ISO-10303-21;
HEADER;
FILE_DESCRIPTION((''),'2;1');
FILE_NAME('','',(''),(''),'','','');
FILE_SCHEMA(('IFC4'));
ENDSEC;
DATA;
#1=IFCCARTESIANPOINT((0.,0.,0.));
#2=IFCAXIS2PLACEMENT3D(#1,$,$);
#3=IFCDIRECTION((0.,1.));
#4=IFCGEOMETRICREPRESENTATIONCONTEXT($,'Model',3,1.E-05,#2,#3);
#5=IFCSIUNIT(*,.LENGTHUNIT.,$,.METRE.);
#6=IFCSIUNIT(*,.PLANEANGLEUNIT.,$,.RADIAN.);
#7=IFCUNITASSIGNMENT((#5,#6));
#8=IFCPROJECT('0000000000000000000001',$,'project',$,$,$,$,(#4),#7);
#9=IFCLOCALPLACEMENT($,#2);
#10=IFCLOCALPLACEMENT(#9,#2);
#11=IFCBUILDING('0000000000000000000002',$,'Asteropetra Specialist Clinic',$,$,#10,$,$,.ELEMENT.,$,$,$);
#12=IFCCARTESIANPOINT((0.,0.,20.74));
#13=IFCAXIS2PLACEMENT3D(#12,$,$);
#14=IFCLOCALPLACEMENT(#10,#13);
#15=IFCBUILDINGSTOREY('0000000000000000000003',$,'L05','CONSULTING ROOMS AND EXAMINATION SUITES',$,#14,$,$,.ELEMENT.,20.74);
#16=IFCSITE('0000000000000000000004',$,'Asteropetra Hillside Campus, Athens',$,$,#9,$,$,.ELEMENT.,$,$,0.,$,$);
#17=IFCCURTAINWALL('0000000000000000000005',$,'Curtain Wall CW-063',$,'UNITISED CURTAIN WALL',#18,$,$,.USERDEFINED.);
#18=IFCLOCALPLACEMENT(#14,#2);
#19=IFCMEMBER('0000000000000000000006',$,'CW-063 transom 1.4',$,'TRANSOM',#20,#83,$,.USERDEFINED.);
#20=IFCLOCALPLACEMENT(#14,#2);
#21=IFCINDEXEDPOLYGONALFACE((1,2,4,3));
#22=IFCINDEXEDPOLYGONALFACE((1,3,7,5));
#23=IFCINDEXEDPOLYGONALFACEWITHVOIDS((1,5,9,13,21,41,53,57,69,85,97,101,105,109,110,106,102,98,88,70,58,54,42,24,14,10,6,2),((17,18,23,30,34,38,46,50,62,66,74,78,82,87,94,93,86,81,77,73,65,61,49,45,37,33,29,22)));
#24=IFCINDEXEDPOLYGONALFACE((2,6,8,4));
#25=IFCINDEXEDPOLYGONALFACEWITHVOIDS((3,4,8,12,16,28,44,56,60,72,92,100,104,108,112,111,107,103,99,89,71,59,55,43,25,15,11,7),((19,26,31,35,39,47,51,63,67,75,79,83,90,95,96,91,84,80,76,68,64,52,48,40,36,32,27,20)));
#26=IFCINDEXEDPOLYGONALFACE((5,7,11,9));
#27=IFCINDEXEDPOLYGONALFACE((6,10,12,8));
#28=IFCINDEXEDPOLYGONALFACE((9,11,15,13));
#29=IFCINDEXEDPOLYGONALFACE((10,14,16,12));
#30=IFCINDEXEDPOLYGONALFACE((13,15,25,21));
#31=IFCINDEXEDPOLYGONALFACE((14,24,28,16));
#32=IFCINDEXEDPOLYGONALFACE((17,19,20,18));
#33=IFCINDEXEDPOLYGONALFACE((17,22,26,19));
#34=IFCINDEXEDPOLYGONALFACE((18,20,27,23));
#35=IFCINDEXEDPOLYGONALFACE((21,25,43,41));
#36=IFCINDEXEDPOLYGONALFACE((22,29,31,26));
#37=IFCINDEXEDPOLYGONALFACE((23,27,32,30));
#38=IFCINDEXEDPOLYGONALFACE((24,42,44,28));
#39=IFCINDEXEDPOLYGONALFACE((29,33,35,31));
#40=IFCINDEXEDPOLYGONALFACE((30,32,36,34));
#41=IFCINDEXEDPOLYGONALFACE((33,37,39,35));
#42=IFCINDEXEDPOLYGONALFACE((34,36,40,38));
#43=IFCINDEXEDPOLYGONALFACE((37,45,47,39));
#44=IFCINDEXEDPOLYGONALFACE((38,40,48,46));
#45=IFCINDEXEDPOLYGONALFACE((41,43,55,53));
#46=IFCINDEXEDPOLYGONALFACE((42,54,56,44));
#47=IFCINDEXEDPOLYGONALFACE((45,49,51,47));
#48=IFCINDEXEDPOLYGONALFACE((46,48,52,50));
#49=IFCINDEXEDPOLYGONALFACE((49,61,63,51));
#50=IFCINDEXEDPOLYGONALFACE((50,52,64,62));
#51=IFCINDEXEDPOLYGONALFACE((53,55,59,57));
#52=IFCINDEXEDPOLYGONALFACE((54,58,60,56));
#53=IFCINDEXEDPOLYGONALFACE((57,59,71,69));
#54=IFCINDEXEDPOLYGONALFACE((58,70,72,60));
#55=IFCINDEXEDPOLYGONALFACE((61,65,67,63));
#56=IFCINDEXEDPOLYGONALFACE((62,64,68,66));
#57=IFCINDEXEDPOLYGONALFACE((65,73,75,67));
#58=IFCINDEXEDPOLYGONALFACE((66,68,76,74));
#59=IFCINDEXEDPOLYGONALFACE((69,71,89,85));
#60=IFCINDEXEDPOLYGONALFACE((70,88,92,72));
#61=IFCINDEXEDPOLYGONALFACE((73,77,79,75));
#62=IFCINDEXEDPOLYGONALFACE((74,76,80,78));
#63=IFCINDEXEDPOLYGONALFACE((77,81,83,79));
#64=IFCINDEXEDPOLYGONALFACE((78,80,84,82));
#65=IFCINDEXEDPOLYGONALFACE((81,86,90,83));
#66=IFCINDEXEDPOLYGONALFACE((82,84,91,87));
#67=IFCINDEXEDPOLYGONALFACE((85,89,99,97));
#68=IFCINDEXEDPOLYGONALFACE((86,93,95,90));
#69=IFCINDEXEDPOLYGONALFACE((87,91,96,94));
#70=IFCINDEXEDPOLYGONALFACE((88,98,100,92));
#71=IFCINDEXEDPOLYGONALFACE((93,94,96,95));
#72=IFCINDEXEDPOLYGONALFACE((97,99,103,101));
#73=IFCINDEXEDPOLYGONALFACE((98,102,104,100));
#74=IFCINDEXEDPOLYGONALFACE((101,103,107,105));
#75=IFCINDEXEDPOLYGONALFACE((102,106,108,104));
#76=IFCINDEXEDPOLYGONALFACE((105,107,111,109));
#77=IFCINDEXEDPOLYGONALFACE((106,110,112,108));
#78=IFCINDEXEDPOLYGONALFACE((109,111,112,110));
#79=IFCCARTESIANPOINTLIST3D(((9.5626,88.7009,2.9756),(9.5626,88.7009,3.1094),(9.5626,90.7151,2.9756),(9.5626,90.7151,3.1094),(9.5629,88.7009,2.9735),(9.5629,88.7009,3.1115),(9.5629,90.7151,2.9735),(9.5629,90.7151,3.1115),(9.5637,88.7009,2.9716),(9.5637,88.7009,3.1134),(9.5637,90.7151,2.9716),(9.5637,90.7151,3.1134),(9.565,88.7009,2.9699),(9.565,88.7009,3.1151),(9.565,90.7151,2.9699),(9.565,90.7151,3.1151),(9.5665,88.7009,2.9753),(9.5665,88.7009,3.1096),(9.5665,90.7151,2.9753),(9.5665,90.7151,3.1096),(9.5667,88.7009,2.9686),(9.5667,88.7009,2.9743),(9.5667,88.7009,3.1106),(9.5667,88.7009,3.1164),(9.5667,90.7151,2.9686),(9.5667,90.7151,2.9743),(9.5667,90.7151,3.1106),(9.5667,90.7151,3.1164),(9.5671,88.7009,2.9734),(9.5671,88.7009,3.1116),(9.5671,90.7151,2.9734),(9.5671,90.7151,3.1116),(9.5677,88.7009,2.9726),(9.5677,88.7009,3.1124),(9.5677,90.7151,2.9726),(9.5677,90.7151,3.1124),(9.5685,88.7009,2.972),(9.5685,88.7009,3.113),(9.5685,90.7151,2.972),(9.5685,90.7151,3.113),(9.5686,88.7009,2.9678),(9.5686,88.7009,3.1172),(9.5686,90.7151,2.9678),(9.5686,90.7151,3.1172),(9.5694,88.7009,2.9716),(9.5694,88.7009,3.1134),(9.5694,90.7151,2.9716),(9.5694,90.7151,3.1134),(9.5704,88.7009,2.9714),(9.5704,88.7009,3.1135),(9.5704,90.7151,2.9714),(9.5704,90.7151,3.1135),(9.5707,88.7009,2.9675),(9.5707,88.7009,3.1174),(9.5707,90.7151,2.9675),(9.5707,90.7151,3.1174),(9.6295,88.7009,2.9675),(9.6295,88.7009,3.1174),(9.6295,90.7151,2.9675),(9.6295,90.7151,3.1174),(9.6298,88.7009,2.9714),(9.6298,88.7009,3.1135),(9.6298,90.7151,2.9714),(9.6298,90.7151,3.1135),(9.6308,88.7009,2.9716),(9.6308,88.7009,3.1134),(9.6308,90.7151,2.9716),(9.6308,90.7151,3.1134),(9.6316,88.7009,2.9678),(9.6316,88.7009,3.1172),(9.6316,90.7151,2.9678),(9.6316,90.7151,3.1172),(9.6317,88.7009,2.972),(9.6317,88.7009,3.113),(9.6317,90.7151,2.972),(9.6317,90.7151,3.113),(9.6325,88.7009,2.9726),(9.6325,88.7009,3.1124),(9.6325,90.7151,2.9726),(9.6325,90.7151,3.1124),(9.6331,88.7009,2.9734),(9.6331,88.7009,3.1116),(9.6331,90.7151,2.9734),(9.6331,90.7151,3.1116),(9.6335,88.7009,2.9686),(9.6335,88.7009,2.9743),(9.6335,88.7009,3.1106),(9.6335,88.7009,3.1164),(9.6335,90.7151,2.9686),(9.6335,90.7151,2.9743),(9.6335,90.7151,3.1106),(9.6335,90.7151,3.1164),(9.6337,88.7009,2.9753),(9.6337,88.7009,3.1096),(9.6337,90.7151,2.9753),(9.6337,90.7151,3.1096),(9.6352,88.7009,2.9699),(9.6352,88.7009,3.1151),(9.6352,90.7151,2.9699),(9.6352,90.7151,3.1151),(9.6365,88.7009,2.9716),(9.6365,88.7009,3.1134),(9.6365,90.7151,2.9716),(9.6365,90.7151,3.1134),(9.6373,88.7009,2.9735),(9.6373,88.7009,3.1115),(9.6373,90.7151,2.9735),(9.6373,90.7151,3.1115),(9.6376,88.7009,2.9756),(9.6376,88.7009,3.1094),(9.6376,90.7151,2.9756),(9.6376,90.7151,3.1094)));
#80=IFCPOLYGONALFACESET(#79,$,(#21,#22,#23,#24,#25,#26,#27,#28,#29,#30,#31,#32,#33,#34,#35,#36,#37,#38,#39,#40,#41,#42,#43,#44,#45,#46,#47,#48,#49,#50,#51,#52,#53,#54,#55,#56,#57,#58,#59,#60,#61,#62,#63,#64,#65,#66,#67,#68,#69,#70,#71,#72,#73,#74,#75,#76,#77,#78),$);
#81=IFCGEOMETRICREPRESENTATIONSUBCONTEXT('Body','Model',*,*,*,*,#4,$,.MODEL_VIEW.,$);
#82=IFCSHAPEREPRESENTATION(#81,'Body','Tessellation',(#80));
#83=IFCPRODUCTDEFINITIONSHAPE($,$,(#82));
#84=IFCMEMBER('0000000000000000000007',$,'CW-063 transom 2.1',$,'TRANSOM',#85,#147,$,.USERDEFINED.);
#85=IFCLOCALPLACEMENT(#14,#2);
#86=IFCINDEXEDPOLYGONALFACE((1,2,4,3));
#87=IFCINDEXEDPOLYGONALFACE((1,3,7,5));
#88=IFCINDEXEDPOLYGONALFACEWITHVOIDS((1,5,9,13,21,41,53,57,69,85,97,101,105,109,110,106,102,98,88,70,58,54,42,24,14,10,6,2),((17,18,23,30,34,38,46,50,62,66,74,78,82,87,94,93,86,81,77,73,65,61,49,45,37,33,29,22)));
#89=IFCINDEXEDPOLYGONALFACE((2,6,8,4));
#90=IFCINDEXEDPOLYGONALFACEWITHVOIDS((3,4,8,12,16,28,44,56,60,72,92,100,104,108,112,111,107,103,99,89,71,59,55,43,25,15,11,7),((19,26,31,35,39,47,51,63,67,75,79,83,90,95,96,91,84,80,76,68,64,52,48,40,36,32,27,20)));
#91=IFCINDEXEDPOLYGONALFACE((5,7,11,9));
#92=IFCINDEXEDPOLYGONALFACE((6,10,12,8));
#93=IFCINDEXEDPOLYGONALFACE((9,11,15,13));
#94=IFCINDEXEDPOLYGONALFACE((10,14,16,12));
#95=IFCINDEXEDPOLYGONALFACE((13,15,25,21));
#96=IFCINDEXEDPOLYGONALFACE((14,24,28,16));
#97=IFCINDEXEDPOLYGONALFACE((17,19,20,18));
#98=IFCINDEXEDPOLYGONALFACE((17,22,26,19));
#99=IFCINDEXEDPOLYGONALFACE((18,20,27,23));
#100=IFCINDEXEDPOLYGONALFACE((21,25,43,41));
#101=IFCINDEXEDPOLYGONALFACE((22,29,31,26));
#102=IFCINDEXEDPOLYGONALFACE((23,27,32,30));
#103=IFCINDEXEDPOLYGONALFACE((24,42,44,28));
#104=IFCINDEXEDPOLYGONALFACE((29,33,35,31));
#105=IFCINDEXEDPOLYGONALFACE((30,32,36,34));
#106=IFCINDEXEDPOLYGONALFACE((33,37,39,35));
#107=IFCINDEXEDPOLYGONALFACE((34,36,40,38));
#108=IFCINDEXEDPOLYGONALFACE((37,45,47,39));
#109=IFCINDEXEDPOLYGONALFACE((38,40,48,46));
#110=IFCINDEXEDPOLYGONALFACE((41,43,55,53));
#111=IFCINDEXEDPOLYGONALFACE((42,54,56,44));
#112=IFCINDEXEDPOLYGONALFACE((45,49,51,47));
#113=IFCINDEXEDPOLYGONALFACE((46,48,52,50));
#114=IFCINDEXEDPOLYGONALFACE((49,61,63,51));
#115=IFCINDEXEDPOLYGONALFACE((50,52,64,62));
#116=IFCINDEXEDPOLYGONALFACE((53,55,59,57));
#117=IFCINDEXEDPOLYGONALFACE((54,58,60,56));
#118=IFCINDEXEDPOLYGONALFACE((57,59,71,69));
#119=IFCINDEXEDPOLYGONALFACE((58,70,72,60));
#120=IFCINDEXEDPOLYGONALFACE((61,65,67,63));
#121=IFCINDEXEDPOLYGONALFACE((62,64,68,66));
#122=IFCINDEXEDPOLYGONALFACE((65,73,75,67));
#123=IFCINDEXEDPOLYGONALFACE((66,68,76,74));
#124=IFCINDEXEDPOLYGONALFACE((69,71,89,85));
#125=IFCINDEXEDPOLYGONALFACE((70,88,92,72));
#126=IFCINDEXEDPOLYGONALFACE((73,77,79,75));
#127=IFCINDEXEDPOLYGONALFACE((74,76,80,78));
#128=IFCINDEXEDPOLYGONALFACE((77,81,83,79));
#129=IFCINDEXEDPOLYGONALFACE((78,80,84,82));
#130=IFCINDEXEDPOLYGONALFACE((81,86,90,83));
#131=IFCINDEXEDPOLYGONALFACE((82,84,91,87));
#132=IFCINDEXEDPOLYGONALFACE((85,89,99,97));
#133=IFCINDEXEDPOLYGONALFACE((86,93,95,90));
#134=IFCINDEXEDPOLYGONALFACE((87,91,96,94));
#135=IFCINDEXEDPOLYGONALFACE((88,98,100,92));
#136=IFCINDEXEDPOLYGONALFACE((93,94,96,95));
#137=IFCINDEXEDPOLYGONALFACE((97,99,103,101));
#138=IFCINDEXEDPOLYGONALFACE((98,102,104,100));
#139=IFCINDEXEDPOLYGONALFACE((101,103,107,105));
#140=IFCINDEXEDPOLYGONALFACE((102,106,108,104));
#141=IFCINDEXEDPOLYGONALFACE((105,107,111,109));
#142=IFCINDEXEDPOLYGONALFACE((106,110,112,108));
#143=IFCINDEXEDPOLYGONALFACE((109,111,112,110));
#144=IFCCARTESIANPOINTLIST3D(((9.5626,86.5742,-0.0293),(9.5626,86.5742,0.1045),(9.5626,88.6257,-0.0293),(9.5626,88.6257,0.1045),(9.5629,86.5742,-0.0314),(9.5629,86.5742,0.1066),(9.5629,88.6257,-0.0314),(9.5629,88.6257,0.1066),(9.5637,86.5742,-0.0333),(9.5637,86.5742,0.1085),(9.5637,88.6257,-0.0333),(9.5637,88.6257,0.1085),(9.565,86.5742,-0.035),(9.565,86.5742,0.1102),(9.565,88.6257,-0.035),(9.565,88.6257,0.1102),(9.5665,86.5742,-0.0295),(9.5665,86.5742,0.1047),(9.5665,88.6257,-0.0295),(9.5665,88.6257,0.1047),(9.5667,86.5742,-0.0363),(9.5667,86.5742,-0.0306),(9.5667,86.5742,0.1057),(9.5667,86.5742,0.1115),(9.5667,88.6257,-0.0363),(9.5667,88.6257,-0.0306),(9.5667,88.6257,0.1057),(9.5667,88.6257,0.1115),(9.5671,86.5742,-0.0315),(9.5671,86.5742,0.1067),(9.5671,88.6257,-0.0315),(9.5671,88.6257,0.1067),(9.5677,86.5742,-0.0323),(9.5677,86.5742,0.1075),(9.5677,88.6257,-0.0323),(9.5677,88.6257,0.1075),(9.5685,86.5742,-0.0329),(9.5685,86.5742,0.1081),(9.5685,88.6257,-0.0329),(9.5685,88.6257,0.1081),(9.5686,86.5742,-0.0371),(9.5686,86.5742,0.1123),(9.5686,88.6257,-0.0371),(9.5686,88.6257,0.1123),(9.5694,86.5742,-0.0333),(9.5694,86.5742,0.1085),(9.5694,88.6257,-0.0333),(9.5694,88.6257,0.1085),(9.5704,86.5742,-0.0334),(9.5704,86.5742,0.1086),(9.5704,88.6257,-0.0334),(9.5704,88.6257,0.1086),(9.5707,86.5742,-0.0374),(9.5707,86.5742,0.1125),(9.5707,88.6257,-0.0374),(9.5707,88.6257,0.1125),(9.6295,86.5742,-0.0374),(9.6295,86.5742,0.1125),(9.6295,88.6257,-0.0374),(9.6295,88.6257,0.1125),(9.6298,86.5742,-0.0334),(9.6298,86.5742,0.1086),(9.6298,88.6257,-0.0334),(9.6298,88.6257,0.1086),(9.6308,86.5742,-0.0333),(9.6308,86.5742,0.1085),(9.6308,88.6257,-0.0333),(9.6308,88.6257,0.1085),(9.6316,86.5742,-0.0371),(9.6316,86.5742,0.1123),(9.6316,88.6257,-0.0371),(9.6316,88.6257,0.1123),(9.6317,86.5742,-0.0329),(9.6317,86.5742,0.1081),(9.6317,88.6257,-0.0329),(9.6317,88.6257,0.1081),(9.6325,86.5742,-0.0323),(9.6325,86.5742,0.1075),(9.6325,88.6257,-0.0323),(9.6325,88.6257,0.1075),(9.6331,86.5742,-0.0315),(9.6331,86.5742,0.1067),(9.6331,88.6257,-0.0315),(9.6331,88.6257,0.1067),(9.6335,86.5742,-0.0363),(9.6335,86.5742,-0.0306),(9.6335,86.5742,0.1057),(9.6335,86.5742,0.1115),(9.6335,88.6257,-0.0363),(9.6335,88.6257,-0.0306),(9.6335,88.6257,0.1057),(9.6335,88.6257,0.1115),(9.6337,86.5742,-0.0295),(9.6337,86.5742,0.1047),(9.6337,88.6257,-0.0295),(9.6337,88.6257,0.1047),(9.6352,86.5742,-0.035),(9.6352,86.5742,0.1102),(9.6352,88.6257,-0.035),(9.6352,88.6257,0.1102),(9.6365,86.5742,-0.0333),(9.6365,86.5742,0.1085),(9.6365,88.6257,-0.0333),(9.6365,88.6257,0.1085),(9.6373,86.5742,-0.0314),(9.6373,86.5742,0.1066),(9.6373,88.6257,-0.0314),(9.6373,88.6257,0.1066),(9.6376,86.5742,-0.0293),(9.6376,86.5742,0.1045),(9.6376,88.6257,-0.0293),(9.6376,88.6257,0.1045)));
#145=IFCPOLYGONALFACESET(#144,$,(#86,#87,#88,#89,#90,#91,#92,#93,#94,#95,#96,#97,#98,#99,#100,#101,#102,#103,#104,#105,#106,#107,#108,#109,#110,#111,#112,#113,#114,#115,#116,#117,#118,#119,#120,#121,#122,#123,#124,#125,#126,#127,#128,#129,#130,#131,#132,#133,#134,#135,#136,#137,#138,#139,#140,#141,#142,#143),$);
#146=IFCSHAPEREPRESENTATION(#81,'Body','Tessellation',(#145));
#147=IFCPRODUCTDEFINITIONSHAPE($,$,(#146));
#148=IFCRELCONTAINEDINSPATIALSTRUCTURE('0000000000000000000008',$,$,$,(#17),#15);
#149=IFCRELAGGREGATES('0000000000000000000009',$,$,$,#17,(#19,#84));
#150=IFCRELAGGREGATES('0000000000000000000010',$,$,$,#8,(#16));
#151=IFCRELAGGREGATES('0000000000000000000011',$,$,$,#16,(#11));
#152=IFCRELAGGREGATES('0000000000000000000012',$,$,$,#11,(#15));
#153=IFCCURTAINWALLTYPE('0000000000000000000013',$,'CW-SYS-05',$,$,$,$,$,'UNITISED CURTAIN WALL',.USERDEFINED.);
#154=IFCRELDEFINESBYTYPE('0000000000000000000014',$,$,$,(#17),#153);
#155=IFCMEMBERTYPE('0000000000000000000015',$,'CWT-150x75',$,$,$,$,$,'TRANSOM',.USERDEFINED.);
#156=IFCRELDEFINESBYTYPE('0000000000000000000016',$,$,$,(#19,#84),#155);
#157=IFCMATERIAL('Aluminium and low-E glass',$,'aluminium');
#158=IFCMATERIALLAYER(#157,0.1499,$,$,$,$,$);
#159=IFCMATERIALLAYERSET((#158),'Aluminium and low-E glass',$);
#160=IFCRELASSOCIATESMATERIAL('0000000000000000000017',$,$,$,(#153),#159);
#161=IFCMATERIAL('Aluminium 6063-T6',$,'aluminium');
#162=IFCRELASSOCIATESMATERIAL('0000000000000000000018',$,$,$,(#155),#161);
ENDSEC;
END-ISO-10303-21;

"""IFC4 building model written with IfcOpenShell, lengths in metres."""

from ifc_helpers import new_model, si_unit, direction, frame, origin, origin_2d, place, context, subcontext, project, spatial, hollow_rectangle, extrude, material, layer, layer_set, material_profile, profile_set, type_object, element, aggregate, save


model = new_model("IFC4")

# Units and contexts
model_context = context("Model", 3, precision=1e-05, world=origin(), true_north=direction((0.0, 1.0)))
body_context = subcontext(model_context, "Body", "Model", "MODEL_VIEW")
ifc_project = project(units=[si_unit("LENGTHUNIT", "METRE"), si_unit("PLANEANGLEUNIT", "RADIAN")], contexts=[model_context])

# Site, building, storey
site_placement = place(None, origin())
site = spatial("IfcSite", under=ifc_project, at=site_placement, Name="Asteropetra Hillside Campus, Athens", CompositionType="ELEMENT", RefElevation=0.0)
building_placement = place(site_placement, origin())
building = spatial("IfcBuilding", under=site, at=building_placement, Name="Asteropetra Specialist Clinic", CompositionType="ELEMENT")
storey_placement = place(building_placement, frame((0.0, 0.0, 20.74)))
storey = spatial("IfcBuildingStorey", under=building, at=storey_placement, Name="L05", Description="CONSULTING ROOMS AND EXAMINATION SUITES", CompositionType="ELEMENT", Elevation=20.74)

# Curtain wall, members
ifc_material_1 = material(Name="Aluminium and low-E glass", Category="aluminium")
ifc_layer_1 = layer(ifc_material_1, 0.1499)
ifc_layer_set_1 = layer_set([ifc_layer_1], Name="Aluminium and low-E glass")
curtain_wall_type = type_object("IfcCurtainWallType", Name="CW-SYS-05", ElementType="UNITISED CURTAIN WALL", PredefinedType="USERDEFINED", material=ifc_layer_set_1)
curtain_wall_placement = place(storey_placement, origin())
curtain_wall = element("IfcCurtainWall", 1, at=curtain_wall_placement, inside=storey, type_object=curtain_wall_type, Name="Curtain Wall CW-063", ObjectType="UNITISED CURTAIN WALL", PredefinedType="USERDEFINED")
ifc_material_2 = material(Name="Aluminium 6063-T6", Category="aluminium")
ifc_material_profile_1 = material_profile(ifc_material_2, hollow_rectangle(XDim=0.075, YDim=0.1499, WallThickness=0.0039, InnerFilletRadius=0.0039, OuterFilletRadius=0.0081, at=origin_2d()), Name="TRN 150x75x4.0")
ifc_profile_set_1 = profile_set([ifc_material_profile_1], Name="Aluminium 6063-T6")
member_type_1 = type_object("IfcMemberType", Name="CWT-150x75", ElementType="TRANSOM", PredefinedType="USERDEFINED", material=ifc_profile_set_1)
member_1_placement = place(storey_placement, frame((9.6001, 90.7151, 3.0425), z_axis=(0.0, -1.0, 0.0), x_axis=(1.0, 0.0, 0.0)))
member_1 = element("IfcMember", 2, at=member_1_placement, type_object=member_type_1, Name="CW-063 transom 1.4", ObjectType="TRANSOM", PredefinedType="USERDEFINED", context=body_context, shape_type="SweptSolid", body=[
    extrude(hollow_rectangle(XDim=0.075, YDim=0.1499, WallThickness=0.0039, InnerFilletRadius=0.0039, OuterFilletRadius=0.0081, at=origin_2d()), origin(), (0.0, 0.0, 1.0), 2.0142),
])
member_2_placement = place(storey_placement, frame((9.6001, 88.6257, 0.0376), z_axis=(0.0, -1.0, 0.0), x_axis=(1.0, 0.0, 0.0)))
member_2 = element("IfcMember", 3, at=member_2_placement, type_object=member_type_1, Name="CW-063 transom 2.1", ObjectType="TRANSOM", PredefinedType="USERDEFINED", context=body_context, shape_type="SweptSolid", body=[
    extrude(hollow_rectangle(XDim=0.075, YDim=0.1499, WallThickness=0.0039, InnerFilletRadius=0.0039, OuterFilletRadius=0.0081, at=origin_2d()), origin(), (0.0, 0.0, 1.0), 2.0515),
])
aggregate(curtain_wall, [member_1, member_2])

save(model, "model.ifc")
